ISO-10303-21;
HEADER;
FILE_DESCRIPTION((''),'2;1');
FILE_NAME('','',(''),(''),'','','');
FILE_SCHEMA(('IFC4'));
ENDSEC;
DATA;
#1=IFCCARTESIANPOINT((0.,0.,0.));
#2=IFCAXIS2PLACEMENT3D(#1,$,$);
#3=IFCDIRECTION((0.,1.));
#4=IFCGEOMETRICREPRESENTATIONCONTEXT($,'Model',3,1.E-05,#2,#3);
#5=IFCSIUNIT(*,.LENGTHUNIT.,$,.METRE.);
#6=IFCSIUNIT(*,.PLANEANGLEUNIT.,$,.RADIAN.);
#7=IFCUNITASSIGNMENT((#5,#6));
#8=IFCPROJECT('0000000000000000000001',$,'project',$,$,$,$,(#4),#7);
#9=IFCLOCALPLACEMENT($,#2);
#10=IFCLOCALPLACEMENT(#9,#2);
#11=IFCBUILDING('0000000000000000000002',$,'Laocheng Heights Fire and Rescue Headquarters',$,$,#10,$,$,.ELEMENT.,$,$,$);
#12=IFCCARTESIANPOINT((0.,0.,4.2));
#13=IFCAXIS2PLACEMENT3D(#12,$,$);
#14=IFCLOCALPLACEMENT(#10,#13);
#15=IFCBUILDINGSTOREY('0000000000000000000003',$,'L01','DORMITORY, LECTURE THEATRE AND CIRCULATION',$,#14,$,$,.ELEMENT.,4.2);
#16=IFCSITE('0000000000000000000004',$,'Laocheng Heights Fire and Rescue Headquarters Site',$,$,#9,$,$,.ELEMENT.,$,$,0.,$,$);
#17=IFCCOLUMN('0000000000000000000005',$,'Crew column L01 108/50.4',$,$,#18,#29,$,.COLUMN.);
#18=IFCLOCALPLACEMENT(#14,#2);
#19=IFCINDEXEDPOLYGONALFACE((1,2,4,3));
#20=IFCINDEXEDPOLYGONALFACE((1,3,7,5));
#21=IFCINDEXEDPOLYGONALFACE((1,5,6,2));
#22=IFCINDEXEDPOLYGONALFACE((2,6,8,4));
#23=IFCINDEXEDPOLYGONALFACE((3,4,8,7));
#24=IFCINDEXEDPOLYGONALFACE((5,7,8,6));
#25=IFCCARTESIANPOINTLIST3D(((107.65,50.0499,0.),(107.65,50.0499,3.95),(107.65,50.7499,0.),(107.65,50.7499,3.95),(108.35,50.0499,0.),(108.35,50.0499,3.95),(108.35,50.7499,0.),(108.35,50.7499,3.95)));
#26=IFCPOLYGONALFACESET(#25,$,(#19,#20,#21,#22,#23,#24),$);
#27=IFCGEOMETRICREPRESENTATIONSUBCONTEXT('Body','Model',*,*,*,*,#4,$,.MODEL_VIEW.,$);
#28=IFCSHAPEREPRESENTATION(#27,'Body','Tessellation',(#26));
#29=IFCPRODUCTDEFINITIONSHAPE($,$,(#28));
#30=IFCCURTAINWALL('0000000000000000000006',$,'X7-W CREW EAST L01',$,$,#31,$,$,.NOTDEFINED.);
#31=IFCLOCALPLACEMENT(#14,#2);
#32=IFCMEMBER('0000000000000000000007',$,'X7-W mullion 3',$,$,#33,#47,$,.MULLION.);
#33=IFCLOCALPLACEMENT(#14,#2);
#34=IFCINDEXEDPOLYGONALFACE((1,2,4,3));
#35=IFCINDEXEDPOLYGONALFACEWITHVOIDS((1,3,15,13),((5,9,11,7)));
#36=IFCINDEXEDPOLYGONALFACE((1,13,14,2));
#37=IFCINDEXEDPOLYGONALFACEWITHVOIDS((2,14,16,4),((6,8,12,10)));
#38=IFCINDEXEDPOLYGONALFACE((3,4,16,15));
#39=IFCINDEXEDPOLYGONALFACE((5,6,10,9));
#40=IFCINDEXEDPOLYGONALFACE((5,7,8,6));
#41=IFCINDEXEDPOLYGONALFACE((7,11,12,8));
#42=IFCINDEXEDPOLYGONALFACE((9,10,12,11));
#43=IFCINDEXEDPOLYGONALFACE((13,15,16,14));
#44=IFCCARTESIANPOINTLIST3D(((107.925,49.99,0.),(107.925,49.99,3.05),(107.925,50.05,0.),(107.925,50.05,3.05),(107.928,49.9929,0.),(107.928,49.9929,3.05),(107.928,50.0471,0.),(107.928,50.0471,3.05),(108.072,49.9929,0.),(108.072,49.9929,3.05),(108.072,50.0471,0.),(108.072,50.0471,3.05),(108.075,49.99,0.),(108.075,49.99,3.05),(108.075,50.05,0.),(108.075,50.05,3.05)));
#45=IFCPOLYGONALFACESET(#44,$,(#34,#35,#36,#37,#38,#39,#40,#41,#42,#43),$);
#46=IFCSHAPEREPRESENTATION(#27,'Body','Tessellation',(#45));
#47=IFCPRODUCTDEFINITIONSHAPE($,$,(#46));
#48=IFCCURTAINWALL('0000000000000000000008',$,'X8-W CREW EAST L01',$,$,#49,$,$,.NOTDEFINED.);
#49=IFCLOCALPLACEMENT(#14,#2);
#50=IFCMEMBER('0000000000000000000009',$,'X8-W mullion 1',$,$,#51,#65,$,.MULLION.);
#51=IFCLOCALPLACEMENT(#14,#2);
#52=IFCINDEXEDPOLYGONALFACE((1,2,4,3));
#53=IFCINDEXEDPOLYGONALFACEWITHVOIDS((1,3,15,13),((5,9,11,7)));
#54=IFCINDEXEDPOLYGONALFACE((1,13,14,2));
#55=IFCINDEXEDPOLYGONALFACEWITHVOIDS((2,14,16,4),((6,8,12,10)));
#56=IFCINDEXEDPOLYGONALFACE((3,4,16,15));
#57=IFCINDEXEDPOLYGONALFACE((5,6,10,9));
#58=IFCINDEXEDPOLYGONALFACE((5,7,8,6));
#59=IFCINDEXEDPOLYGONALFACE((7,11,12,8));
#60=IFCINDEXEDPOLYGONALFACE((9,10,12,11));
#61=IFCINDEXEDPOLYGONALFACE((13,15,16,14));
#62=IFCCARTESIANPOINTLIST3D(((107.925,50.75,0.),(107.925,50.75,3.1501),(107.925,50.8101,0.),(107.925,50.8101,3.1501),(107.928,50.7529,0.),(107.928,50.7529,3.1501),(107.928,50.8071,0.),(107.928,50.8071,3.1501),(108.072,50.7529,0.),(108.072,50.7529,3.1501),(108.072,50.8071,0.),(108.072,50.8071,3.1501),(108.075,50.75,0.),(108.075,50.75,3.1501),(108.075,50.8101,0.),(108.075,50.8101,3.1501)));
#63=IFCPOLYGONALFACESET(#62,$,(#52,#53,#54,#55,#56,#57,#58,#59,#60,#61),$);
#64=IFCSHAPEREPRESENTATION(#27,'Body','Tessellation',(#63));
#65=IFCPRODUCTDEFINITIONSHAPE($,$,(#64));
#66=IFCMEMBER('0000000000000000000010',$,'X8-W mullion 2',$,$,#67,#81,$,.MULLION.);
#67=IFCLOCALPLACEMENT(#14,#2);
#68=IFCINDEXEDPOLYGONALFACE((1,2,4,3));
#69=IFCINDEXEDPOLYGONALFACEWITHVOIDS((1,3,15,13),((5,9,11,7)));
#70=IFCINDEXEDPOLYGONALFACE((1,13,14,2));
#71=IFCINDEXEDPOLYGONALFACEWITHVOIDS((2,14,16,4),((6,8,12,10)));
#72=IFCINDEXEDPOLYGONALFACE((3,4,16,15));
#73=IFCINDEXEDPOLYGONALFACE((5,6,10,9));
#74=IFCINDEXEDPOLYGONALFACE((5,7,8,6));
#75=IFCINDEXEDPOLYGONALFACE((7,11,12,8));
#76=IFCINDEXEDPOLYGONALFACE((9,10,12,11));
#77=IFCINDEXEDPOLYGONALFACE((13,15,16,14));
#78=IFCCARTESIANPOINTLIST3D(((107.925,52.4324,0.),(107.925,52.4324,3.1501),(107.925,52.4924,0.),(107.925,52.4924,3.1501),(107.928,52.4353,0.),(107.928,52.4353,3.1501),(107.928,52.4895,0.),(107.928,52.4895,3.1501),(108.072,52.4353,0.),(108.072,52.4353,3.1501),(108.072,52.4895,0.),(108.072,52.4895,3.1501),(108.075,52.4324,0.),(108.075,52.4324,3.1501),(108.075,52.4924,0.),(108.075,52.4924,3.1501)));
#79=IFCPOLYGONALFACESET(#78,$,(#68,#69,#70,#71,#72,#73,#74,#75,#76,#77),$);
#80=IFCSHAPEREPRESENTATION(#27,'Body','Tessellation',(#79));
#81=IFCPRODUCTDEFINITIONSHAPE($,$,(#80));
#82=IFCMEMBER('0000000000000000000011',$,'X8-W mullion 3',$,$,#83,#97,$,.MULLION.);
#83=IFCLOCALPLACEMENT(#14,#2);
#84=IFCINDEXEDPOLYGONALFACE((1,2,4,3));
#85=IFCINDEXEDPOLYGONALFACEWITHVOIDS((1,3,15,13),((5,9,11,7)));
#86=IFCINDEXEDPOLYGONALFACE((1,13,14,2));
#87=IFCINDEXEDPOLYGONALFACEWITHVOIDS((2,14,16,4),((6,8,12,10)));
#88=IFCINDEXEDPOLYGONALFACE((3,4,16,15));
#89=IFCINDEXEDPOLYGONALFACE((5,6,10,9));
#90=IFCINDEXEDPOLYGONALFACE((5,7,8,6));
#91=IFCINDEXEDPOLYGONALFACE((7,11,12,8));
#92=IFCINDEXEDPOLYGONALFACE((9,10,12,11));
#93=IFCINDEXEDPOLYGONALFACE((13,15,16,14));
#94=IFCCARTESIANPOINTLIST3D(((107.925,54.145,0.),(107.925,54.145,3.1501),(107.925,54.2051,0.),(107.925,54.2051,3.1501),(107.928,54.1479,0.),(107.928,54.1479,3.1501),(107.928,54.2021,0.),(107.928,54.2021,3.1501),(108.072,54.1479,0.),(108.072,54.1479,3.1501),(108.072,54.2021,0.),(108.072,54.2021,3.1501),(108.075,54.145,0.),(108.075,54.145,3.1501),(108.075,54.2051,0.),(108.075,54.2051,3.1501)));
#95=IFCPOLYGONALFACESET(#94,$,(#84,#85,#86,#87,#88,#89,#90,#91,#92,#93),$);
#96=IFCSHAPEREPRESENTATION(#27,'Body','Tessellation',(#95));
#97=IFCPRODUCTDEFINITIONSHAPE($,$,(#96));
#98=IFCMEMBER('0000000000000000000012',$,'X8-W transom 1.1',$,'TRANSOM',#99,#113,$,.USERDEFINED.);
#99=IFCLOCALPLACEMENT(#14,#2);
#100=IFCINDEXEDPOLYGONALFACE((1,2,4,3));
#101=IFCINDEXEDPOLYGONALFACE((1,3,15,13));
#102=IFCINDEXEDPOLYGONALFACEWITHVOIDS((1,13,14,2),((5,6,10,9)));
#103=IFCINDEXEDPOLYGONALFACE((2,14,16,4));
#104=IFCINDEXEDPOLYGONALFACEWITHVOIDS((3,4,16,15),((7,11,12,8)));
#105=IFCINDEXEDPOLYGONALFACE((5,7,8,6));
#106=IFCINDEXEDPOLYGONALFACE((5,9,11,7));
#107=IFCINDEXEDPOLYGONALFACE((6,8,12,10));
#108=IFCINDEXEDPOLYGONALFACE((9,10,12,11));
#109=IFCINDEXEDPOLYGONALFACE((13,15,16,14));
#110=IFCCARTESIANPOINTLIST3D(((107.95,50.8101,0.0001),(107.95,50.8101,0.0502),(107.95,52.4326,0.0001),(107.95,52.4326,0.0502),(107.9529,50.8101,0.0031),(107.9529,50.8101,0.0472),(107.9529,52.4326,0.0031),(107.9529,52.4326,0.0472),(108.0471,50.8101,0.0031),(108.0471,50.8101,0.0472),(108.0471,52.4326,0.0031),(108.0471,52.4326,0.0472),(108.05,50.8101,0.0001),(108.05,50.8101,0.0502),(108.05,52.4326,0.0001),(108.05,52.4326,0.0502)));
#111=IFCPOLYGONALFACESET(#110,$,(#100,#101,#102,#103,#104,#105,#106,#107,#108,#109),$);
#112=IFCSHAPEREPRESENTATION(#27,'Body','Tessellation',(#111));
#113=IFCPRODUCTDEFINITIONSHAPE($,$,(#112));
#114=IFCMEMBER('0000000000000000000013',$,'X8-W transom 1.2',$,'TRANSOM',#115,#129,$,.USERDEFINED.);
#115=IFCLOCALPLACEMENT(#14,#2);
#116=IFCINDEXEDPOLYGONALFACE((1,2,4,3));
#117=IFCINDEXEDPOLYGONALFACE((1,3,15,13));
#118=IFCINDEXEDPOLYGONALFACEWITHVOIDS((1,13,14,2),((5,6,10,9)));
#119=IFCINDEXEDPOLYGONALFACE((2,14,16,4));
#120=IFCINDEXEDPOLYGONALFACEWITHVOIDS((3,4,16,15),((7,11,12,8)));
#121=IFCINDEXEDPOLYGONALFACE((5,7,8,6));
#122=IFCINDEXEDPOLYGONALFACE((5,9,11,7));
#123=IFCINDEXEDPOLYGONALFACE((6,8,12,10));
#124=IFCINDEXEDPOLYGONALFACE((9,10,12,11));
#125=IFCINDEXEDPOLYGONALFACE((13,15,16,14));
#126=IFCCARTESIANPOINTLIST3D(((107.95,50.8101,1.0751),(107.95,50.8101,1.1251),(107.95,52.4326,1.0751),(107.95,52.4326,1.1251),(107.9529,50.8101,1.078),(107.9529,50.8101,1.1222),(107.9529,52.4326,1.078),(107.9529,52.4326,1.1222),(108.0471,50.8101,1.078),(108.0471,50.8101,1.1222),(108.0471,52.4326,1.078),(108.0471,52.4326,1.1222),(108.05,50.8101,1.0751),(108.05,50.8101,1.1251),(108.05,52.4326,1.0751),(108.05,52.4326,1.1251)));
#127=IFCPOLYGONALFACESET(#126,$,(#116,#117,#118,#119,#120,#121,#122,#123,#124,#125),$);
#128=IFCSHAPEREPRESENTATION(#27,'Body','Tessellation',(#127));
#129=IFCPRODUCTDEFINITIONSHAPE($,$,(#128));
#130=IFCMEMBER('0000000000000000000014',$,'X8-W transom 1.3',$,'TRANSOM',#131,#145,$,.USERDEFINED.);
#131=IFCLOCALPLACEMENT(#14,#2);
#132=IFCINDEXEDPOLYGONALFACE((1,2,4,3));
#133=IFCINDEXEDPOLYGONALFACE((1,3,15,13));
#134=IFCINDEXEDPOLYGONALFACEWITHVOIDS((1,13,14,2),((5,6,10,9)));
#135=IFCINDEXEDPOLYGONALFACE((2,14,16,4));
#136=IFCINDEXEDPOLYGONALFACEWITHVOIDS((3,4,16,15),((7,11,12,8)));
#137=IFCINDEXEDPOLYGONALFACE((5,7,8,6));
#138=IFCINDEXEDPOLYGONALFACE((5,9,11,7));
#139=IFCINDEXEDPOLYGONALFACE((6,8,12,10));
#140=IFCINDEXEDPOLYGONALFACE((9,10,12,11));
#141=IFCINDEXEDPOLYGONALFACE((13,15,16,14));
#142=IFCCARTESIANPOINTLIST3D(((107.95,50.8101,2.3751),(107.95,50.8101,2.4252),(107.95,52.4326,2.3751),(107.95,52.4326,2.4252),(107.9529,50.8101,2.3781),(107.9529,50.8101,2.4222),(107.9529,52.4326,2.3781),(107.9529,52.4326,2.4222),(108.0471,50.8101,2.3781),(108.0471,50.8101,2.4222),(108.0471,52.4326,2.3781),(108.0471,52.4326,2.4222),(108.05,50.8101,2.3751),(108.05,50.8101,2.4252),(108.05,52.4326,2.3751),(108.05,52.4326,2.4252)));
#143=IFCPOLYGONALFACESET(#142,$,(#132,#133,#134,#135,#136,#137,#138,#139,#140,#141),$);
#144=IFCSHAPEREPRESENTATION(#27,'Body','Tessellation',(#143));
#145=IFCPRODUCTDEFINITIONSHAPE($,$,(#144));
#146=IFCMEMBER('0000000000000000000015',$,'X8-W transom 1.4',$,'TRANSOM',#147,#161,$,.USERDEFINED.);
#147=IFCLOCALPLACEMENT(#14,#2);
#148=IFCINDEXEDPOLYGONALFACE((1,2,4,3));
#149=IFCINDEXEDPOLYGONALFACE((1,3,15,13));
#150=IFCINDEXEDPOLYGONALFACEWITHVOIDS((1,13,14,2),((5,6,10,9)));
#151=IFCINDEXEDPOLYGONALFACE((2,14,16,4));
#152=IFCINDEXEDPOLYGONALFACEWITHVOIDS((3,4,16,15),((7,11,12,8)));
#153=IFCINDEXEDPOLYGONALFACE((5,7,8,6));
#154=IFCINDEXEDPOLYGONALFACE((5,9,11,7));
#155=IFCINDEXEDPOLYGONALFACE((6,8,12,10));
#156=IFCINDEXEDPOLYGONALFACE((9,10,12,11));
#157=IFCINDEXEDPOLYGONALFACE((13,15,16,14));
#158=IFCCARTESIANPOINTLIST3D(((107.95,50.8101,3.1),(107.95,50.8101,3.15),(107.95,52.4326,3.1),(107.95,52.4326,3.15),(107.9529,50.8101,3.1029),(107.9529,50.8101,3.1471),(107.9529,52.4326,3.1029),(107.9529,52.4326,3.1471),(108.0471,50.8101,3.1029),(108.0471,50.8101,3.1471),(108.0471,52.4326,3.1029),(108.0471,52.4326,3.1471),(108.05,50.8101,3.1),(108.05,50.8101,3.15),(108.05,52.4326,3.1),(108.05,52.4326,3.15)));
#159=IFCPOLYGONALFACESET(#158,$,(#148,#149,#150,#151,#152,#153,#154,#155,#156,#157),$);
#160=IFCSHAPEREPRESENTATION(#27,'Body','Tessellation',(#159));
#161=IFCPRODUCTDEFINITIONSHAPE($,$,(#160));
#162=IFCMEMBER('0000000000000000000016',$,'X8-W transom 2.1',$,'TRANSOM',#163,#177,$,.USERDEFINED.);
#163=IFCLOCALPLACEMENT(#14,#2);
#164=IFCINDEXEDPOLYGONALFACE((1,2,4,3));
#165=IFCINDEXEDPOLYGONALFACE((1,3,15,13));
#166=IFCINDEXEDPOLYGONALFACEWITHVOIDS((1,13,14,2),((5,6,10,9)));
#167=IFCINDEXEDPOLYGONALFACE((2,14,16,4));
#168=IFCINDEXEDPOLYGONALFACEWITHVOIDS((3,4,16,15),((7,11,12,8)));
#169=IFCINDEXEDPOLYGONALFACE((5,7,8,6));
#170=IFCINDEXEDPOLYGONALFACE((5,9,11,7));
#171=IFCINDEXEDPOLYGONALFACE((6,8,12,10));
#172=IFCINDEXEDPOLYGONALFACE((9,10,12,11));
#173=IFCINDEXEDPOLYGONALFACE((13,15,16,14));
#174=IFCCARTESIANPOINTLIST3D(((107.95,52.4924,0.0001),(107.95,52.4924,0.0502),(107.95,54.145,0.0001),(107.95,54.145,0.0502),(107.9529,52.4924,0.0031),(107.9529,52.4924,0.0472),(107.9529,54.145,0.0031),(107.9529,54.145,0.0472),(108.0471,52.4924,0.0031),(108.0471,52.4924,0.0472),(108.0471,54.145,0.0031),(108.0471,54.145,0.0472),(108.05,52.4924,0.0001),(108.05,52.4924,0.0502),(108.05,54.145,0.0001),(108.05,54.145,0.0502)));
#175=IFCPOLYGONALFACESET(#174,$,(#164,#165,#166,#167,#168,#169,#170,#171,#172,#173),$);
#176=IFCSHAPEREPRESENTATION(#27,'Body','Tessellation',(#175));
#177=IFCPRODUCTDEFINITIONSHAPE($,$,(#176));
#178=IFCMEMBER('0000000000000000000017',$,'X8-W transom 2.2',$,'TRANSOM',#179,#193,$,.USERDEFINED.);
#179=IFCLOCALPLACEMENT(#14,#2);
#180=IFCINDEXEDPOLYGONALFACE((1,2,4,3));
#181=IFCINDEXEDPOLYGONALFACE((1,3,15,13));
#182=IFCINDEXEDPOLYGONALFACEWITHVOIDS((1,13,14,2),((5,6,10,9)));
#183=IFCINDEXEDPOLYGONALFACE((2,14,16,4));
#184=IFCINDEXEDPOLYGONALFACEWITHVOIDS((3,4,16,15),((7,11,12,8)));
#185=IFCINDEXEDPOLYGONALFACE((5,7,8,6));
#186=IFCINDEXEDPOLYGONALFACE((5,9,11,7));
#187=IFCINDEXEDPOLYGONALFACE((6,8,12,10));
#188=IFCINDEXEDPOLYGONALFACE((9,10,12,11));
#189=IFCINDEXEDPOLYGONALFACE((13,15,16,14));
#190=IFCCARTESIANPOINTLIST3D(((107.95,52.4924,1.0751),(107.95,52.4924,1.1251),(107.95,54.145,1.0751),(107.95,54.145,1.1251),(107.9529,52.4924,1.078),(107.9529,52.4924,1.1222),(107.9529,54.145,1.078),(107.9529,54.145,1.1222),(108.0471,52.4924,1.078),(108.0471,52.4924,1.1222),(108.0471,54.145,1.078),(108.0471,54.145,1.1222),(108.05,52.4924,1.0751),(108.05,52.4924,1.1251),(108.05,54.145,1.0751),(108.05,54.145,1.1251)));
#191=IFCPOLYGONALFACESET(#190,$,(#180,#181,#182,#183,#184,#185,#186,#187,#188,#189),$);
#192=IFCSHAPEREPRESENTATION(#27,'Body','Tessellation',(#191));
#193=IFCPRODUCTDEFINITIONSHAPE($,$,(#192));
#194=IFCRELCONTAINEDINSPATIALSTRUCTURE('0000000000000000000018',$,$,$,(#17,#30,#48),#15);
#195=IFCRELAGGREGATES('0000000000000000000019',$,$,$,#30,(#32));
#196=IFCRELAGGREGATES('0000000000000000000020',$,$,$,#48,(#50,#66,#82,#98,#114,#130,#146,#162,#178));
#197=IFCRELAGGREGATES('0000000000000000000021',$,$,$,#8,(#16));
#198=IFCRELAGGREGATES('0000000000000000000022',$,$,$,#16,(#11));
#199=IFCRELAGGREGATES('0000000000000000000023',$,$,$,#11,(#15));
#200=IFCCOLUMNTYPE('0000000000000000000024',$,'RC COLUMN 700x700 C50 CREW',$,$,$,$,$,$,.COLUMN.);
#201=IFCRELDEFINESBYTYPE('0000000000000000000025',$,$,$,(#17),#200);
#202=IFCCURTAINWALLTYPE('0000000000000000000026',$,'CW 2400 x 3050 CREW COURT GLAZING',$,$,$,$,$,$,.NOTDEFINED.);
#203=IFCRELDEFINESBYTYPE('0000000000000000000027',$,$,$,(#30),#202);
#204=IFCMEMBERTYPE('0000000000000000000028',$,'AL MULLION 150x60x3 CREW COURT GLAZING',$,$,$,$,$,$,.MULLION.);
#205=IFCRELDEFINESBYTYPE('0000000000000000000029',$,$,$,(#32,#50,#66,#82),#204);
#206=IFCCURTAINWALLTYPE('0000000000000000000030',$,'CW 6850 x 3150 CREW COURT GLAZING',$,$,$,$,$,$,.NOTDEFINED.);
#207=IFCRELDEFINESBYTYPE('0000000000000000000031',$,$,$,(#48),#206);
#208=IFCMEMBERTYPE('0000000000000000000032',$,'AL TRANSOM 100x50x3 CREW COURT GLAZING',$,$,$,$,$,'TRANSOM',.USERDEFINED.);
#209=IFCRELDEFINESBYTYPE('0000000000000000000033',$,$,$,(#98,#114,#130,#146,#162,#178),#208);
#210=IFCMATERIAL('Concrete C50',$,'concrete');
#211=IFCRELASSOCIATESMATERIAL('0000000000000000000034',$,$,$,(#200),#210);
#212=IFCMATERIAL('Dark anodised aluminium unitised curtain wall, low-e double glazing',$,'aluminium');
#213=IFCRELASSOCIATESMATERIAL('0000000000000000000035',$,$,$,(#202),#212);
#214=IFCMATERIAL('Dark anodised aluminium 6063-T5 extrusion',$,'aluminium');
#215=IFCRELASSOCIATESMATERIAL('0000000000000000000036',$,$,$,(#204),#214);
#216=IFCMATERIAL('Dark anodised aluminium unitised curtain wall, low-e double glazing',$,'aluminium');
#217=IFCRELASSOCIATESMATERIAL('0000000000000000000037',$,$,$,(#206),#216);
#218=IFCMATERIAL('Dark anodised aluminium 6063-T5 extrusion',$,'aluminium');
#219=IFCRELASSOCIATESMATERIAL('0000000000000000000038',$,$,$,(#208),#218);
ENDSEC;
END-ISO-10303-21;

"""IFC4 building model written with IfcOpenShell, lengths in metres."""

from ifc_helpers import new_model, si_unit, direction, frame, origin, origin_2d, place, context, subcontext, project, spatial, rectangle, hollow_rectangle, extrude, material, material_profile, profile_set, type_object, element, aggregate, save


model = new_model("IFC4")

# Units and contexts
model_context = context("Model", 3, precision=1e-05, world=origin(), true_north=direction((0.0, 1.0)))
body_context = subcontext(model_context, "Body", "Model", "MODEL_VIEW")
ifc_project = project(units=[si_unit("LENGTHUNIT", "METRE"), si_unit("PLANEANGLEUNIT", "RADIAN")], contexts=[model_context])

# Site, building, storey
site_placement = place(None, origin())
site = spatial("IfcSite", under=ifc_project, at=site_placement, Name="Laocheng Heights Fire and Rescue Headquarters Site", CompositionType="ELEMENT", RefElevation=0.0)
building_placement = place(site_placement, origin())
building = spatial("IfcBuilding", under=site, at=building_placement, Name="Laocheng Heights Fire and Rescue Headquarters", CompositionType="ELEMENT")
storey_placement = place(building_placement, frame((0.0, 0.0, 4.2)))
storey = spatial("IfcBuildingStorey", under=building, at=storey_placement, Name="L01", Description="DORMITORY, LECTURE THEATRE AND CIRCULATION", CompositionType="ELEMENT", Elevation=4.2)

# Column
ifc_material_1 = material(Name="Concrete C50", Category="concrete")
ifc_material_profile_1 = material_profile(ifc_material_1, rectangle(XDim=0.7, YDim=0.7, at=origin_2d()), Name="RC COLUMN 700x700 C50 CREW")
ifc_profile_set_1 = profile_set([ifc_material_profile_1], Name="Concrete C50")
column_type = type_object("IfcColumnType", Name="RC COLUMN 700x700 C50 CREW", PredefinedType="COLUMN", material=ifc_profile_set_1)
column_placement = place(storey_placement, frame((108.0, 50.3999, 0.0), z_axis=(0.0, 0.0, 1.0), x_axis=(1.0, 0.0, 0.0)))
element("IfcColumn", 1, at=column_placement, inside=storey, type_object=column_type, Name="Crew column L01 108/50.4", PredefinedType="COLUMN", context=body_context, shape_type="SweptSolid", body=[
    extrude(rectangle(XDim=0.7, YDim=0.7, at=origin_2d()), origin(), (0.0, 0.0, 1.0), 3.95),
])

# Curtain wall, member
ifc_material_2 = material(Name="Dark anodised aluminium unitised curtain wall, low-e double glazing", Category="aluminium")
curtain_wall_type_1 = type_object("IfcCurtainWallType", Name="CW 2400 x 3050 CREW COURT GLAZING", PredefinedType="NOTDEFINED", material=ifc_material_2)
curtain_wall_1_placement = place(storey_placement, origin())
curtain_wall_1 = element("IfcCurtainWall", 2, at=curtain_wall_1_placement, inside=storey, type_object=curtain_wall_type_1, Name="X7-W CREW EAST L01", PredefinedType="NOTDEFINED")
ifc_material_3 = material(Name="Dark anodised aluminium 6063-T5 extrusion", Category="aluminium")
ifc_material_profile_2 = material_profile(ifc_material_3, hollow_rectangle(XDim=0.1499, YDim=0.0601, WallThickness=0.0029, at=origin_2d()), Name="AL MULLION 150x60x3 CREW COURT GLAZING")
ifc_profile_set_2 = profile_set([ifc_material_profile_2], Name="Dark anodised aluminium 6063-T5 extrusion")
member_type_1 = type_object("IfcMemberType", Name="AL MULLION 150x60x3 CREW COURT GLAZING", PredefinedType="MULLION", material=ifc_profile_set_2)
member_1_placement = place(storey_placement, frame((108.0, 50.02, 0.0), z_axis=(0.0, 0.0, 1.0), x_axis=(-1.0, 0.0, 0.0)))
member_1 = element("IfcMember", 3, at=member_1_placement, type_object=member_type_1, Name="X7-W mullion 3", PredefinedType="MULLION", context=body_context, shape_type="SweptSolid", body=[
    extrude(hollow_rectangle(XDim=0.1499, YDim=0.0601, WallThickness=0.0029, at=origin_2d()), origin(), (0.0, 0.0, 1.0), 3.05),
])
aggregate(curtain_wall_1, [member_1])

# Curtain wall, members
ifc_material_4 = material(Name="Dark anodised aluminium unitised curtain wall, low-e double glazing", Category="aluminium")
curtain_wall_type_2 = type_object("IfcCurtainWallType", Name="CW 6850 x 3150 CREW COURT GLAZING", PredefinedType="NOTDEFINED", material=ifc_material_4)
curtain_wall_2_placement = place(storey_placement, origin())
curtain_wall_2 = element("IfcCurtainWall", 4, at=curtain_wall_2_placement, inside=storey, type_object=curtain_wall_type_2, Name="X8-W CREW EAST L01", PredefinedType="NOTDEFINED")
member_2_placement = place(storey_placement, frame((108.0, 50.78, 0.0), z_axis=(0.0, 0.0, 1.0), x_axis=(-1.0, 0.0, 0.0)))
member_2 = element("IfcMember", 5, at=member_2_placement, type_object=member_type_1, Name="X8-W mullion 1", PredefinedType="MULLION", context=body_context, shape_type="SweptSolid", body=[
    extrude(hollow_rectangle(XDim=0.1499, YDim=0.0601, WallThickness=0.0029, at=origin_2d()), origin(), (0.0, 0.0, 1.0), 3.1501),
])
member_3_placement = place(storey_placement, frame((108.0, 52.4624, 0.0), z_axis=(0.0, 0.0, 1.0), x_axis=(-1.0, 0.0, 0.0)))
member_3 = element("IfcMember", 6, at=member_3_placement, type_object=member_type_1, Name="X8-W mullion 2", PredefinedType="MULLION", context=body_context, shape_type="SweptSolid", body=[
    extrude(hollow_rectangle(XDim=0.1499, YDim=0.0601, WallThickness=0.0029, at=origin_2d()), origin(), (0.0, 0.0, 1.0), 3.1501),
])
member_4_placement = place(storey_placement, frame((108.0, 54.175, 0.0), z_axis=(0.0, 0.0, 1.0), x_axis=(-1.0, 0.0, 0.0)))
member_4 = element("IfcMember", 7, at=member_4_placement, type_object=member_type_1, Name="X8-W mullion 3", PredefinedType="MULLION", context=body_context, shape_type="SweptSolid", body=[
    extrude(hollow_rectangle(XDim=0.1499, YDim=0.0601, WallThickness=0.0029, at=origin_2d()), origin(), (0.0, 0.0, 1.0), 3.1501),
])
ifc_material_5 = material(Name="Dark anodised aluminium 6063-T5 extrusion", Category="aluminium")
ifc_material_profile_3 = material_profile(ifc_material_5, hollow_rectangle(XDim=0.1001, YDim=0.05, WallThickness=0.0029, at=origin_2d()), Name="AL TRANSOM 100x50x3 CREW COURT GLAZING")
ifc_profile_set_3 = profile_set([ifc_material_profile_3], Name="Dark anodised aluminium 6063-T5 extrusion")
member_type_2 = type_object("IfcMemberType", Name="AL TRANSOM 100x50x3 CREW COURT GLAZING", ElementType="TRANSOM", PredefinedType="USERDEFINED", material=ifc_profile_set_3)
member_5_placement = place(storey_placement, frame((108.0, 50.8101, 0.0251), z_axis=(0.0, 1.0, 0.0), x_axis=(-1.0, 0.0, 0.0)))
member_5 = element("IfcMember", 8, at=member_5_placement, type_object=member_type_2, Name="X8-W transom 1.1", ObjectType="TRANSOM", PredefinedType="USERDEFINED", context=body_context, shape_type="SweptSolid", body=[
    extrude(hollow_rectangle(XDim=0.1001, YDim=0.05, WallThickness=0.0029, at=origin_2d()), origin(), (0.0, 0.0, 1.0), 1.6226),
])
member_6_placement = place(storey_placement, frame((108.0, 50.8101, 1.1001), z_axis=(0.0, 1.0, 0.0), x_axis=(-1.0, 0.0, 0.0)))
member_6 = element("IfcMember", 9, at=member_6_placement, type_object=member_type_2, Name="X8-W transom 1.2", ObjectType="TRANSOM", PredefinedType="USERDEFINED", context=body_context, shape_type="SweptSolid", body=[
    extrude(hollow_rectangle(XDim=0.1001, YDim=0.05, WallThickness=0.0029, at=origin_2d()), origin(), (0.0, 0.0, 1.0), 1.6226),
])
member_7_placement = place(storey_placement, frame((108.0, 50.8101, 2.4001), z_axis=(0.0, 1.0, 0.0), x_axis=(-1.0, 0.0, 0.0)))
member_7 = element("IfcMember", 10, at=member_7_placement, type_object=member_type_2, Name="X8-W transom 1.3", ObjectType="TRANSOM", PredefinedType="USERDEFINED", context=body_context, shape_type="SweptSolid", body=[
    extrude(hollow_rectangle(XDim=0.1001, YDim=0.05, WallThickness=0.0029, at=origin_2d()), origin(), (0.0, 0.0, 1.0), 1.6226),
])
member_8_placement = place(storey_placement, frame((108.0, 50.8101, 3.125), z_axis=(0.0, 1.0, 0.0), x_axis=(-1.0, 0.0, 0.0)))
member_8 = element("IfcMember", 11, at=member_8_placement, type_object=member_type_2, Name="X8-W transom 1.4", ObjectType="TRANSOM", PredefinedType="USERDEFINED", context=body_context, shape_type="SweptSolid", body=[
    extrude(hollow_rectangle(XDim=0.1001, YDim=0.05, WallThickness=0.0029, at=origin_2d()), origin(), (0.0, 0.0, 1.0), 1.6226),
])
member_9_placement = place(storey_placement, frame((108.0, 52.4924, 0.0251), z_axis=(0.0, 1.0, 0.0), x_axis=(-1.0, 0.0, 0.0)))
member_9 = element("IfcMember", 12, at=member_9_placement, type_object=member_type_2, Name="X8-W transom 2.1", ObjectType="TRANSOM", PredefinedType="USERDEFINED", context=body_context, shape_type="SweptSolid", body=[
    extrude(hollow_rectangle(XDim=0.1001, YDim=0.05, WallThickness=0.0029, at=origin_2d()), origin(), (0.0, 0.0, 1.0), 1.6526),
])
member_10_placement = place(storey_placement, frame((108.0, 52.4924, 1.1001), z_axis=(0.0, 1.0, 0.0), x_axis=(-1.0, 0.0, 0.0)))
member_10 = element("IfcMember", 13, at=member_10_placement, type_object=member_type_2, Name="X8-W transom 2.2", ObjectType="TRANSOM", PredefinedType="USERDEFINED", context=body_context, shape_type="SweptSolid", body=[
    extrude(hollow_rectangle(XDim=0.1001, YDim=0.05, WallThickness=0.0029, at=origin_2d()), origin(), (0.0, 0.0, 1.0), 1.6526),
])

aggregate(curtain_wall_2, [member_2, member_3, member_4, member_5, member_6, member_7, member_8, member_9, member_10])

save(model, "model.ifc")
